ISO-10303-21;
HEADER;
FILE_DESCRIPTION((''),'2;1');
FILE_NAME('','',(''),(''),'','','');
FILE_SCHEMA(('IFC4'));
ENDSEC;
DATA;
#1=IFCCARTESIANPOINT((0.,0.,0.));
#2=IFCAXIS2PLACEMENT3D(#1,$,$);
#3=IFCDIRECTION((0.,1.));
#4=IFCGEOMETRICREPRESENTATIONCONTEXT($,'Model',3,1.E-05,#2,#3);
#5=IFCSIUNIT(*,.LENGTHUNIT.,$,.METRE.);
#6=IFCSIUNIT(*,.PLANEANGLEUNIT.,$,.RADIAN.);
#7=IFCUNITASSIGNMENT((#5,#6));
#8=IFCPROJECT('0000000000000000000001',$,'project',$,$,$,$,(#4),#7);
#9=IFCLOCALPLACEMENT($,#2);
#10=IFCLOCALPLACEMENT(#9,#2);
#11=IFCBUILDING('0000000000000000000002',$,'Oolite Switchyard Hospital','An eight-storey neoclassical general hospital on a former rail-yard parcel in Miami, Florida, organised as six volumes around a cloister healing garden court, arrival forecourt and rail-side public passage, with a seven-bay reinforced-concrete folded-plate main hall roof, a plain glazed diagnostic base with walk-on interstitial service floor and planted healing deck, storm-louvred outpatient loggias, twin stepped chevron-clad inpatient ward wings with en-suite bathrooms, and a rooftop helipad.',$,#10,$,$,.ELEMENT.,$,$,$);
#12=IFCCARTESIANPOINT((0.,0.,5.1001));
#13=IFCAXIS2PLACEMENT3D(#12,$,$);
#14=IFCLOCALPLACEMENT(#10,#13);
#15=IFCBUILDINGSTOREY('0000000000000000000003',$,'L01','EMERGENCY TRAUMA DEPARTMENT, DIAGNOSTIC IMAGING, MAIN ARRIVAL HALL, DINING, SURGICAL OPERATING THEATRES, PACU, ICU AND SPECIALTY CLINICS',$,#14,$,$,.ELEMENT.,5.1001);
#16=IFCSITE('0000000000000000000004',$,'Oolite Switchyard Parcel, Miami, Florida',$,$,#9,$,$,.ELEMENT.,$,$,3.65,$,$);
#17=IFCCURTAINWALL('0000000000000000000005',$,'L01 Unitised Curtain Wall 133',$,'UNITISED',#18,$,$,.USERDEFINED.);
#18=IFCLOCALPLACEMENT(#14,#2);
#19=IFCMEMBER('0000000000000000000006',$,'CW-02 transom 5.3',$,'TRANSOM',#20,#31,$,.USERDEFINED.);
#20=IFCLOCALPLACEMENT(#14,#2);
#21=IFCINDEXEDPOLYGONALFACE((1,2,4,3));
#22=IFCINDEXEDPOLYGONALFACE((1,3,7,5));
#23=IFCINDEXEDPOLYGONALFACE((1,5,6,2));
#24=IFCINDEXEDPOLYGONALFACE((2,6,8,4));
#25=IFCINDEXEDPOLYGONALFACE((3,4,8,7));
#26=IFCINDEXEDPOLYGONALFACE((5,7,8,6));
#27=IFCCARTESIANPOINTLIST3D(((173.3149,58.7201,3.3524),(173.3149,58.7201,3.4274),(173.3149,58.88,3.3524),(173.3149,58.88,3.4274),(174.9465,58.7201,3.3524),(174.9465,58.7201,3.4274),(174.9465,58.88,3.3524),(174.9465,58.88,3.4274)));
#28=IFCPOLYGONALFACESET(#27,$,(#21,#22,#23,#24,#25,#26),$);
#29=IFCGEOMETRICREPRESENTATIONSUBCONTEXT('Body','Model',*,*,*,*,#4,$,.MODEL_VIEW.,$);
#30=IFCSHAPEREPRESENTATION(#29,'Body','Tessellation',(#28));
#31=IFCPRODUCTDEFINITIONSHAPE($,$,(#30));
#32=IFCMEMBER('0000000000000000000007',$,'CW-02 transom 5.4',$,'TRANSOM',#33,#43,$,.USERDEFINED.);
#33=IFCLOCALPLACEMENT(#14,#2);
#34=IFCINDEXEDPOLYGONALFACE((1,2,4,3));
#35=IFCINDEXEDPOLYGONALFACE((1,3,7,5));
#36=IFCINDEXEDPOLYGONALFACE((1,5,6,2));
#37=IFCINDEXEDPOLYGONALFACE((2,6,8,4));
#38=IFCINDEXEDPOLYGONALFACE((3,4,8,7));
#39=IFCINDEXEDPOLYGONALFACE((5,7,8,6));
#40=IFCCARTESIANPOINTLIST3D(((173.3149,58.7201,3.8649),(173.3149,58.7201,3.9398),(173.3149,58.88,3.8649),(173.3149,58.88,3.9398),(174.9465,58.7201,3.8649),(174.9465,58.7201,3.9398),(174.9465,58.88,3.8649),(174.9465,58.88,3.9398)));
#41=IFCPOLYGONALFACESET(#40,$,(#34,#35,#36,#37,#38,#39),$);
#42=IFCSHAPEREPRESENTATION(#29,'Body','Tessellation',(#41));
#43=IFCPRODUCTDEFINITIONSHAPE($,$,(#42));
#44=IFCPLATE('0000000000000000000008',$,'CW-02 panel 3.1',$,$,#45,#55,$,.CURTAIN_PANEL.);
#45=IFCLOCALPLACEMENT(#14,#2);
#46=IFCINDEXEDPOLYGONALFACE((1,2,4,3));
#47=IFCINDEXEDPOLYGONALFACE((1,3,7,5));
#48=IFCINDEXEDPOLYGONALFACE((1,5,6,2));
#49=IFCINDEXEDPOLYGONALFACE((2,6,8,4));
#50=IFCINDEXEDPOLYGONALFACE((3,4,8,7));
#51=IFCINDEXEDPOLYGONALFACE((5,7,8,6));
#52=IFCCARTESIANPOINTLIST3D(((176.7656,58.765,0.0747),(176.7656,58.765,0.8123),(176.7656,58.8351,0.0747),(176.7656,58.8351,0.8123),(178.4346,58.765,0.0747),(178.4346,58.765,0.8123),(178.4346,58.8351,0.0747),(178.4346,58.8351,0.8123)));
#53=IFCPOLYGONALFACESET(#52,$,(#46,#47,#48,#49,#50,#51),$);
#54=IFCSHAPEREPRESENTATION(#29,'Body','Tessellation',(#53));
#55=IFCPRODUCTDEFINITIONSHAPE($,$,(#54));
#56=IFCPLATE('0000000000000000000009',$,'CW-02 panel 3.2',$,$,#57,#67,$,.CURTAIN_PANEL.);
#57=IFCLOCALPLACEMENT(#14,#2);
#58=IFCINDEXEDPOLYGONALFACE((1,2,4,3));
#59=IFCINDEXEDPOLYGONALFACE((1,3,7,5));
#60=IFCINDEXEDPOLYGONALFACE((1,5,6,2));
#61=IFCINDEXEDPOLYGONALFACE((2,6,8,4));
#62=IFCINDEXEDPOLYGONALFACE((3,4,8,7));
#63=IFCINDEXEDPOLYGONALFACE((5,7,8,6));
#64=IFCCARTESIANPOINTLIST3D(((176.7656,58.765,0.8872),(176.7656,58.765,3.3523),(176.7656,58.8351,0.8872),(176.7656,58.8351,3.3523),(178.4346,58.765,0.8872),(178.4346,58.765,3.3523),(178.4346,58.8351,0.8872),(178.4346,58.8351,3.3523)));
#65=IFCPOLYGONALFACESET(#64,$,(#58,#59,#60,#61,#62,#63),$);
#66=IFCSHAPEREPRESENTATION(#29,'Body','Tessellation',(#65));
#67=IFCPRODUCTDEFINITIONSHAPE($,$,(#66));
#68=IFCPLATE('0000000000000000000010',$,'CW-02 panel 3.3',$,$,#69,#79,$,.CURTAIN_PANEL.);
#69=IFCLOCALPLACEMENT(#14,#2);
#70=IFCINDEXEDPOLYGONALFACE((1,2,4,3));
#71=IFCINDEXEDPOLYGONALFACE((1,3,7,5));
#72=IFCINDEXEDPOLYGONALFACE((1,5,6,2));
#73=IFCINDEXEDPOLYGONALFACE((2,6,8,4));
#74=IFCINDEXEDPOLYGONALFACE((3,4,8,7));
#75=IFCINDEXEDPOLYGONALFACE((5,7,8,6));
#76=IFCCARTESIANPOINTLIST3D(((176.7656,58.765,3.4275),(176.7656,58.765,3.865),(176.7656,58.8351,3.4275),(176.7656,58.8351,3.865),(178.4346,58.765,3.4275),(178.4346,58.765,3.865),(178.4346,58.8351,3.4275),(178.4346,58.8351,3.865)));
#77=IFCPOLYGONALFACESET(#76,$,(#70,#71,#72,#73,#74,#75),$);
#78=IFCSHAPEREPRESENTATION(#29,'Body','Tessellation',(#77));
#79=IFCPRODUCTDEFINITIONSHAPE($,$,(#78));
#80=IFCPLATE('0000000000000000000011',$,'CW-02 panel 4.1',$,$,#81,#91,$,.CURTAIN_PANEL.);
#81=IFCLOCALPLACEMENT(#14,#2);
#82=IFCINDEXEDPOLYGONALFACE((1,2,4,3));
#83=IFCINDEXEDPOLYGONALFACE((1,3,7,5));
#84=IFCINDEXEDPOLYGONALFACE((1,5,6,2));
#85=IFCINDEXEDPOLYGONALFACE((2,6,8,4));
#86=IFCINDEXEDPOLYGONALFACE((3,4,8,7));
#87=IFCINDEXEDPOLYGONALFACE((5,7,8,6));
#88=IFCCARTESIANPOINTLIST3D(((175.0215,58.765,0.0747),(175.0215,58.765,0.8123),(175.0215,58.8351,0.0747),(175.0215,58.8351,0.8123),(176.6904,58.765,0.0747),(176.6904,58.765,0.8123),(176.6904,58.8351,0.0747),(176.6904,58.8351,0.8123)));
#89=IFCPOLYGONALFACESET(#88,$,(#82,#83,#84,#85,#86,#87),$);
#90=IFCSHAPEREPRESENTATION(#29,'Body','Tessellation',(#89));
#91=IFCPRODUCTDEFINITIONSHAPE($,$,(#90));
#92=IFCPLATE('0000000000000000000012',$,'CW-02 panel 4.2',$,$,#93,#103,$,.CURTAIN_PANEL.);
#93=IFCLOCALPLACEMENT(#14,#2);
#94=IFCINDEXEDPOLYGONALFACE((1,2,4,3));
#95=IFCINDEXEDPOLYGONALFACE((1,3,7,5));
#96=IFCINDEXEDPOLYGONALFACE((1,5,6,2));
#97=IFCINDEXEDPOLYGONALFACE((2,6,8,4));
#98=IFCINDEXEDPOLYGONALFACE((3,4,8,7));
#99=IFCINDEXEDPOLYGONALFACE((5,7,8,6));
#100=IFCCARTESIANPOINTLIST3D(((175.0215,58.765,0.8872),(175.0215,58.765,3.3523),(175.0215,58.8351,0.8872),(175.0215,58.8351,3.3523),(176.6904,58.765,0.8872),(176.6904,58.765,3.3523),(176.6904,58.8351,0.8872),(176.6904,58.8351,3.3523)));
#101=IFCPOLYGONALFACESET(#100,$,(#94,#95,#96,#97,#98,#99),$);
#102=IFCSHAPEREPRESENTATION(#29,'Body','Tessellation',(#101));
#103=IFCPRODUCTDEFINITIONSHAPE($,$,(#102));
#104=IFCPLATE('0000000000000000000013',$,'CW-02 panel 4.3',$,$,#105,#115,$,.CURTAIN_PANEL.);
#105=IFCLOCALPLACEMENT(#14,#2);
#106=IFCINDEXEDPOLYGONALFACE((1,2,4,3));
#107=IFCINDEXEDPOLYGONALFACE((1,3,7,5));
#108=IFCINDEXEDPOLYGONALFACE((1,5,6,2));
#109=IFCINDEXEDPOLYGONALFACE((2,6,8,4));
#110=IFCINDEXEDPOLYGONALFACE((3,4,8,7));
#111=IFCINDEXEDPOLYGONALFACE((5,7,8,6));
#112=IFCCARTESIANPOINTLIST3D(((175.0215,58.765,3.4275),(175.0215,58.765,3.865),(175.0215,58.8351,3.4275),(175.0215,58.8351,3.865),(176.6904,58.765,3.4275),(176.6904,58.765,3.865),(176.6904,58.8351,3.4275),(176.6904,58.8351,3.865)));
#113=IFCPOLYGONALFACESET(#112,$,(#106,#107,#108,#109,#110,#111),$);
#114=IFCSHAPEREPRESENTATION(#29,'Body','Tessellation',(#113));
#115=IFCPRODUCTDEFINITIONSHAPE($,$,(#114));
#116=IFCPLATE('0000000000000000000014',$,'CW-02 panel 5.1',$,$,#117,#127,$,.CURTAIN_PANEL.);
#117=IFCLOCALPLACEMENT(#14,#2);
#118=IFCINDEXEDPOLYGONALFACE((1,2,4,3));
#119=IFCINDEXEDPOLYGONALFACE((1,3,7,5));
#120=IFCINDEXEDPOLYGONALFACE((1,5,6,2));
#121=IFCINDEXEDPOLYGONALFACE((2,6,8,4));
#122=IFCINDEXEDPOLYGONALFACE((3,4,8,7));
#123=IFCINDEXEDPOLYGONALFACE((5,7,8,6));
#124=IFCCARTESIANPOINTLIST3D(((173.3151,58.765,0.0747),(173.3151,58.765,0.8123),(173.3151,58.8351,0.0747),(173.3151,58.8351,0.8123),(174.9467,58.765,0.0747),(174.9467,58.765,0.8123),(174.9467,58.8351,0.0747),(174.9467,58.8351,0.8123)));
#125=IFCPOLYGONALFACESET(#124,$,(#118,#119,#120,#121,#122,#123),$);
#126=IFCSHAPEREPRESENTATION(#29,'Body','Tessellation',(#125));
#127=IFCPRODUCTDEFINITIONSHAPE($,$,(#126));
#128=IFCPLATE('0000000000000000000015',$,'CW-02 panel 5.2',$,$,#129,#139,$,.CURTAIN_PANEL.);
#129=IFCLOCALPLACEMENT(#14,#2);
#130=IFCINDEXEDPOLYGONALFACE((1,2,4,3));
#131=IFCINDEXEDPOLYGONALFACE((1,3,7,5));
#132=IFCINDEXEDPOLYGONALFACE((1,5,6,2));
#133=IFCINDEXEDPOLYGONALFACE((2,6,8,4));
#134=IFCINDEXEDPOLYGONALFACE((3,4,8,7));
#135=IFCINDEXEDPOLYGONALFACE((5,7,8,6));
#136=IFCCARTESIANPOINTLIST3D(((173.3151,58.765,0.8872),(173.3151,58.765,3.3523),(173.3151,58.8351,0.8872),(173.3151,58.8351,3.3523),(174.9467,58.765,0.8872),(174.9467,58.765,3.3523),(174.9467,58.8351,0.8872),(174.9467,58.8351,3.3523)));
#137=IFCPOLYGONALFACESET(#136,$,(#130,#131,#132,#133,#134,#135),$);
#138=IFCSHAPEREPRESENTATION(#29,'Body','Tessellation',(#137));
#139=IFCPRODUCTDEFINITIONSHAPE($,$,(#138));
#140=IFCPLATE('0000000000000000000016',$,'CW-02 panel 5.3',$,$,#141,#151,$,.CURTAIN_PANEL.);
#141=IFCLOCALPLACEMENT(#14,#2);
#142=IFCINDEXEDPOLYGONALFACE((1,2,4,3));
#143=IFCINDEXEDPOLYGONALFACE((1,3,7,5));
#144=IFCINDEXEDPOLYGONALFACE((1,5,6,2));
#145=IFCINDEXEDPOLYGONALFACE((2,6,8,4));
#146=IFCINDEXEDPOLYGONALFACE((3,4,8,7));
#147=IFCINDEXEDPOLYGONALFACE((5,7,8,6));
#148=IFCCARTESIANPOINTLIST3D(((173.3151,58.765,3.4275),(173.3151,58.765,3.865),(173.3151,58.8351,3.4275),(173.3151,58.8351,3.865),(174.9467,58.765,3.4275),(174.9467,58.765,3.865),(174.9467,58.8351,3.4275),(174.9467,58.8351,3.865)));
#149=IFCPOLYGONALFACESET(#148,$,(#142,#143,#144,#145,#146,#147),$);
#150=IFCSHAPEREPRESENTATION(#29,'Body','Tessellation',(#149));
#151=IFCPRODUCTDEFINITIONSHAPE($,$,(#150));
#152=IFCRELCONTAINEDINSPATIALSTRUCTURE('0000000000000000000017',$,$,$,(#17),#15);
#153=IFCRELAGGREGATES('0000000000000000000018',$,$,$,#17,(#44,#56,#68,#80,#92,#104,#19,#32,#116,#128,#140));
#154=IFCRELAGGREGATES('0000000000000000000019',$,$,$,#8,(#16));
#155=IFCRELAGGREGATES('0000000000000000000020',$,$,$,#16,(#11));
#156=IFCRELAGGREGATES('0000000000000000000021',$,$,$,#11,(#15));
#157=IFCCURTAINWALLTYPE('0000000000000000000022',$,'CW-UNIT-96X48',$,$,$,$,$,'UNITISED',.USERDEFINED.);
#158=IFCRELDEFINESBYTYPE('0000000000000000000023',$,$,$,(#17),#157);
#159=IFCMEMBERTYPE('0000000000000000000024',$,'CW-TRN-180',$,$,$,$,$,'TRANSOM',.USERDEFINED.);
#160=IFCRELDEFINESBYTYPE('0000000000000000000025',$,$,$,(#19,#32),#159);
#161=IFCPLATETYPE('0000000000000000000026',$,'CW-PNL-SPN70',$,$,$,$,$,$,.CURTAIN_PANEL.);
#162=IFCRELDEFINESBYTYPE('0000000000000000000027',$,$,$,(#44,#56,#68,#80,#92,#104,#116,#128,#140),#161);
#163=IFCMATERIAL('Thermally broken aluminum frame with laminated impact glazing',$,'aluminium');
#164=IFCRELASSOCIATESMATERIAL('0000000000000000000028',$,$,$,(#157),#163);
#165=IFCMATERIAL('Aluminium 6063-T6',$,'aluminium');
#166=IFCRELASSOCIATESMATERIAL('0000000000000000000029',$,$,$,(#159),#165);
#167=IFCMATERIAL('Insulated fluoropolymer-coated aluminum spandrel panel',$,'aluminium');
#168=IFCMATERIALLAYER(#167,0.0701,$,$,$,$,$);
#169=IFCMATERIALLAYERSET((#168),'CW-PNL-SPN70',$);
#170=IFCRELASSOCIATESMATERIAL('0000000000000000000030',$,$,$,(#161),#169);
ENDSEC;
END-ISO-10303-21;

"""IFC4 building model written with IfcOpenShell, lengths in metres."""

from ifc_helpers import new_model, si_unit, direction, frame, origin, origin_2d, place, context, subcontext, project, spatial, rectangle, extrude, material, layer, layer_set, material_profile, profile_set, type_object, element, aggregate, save


model = new_model("IFC4")

# Units and contexts
model_context = context("Model", 3, precision=1e-05, world=origin(), true_north=direction((0.0, 1.0)))
body_context = subcontext(model_context, "Body", "Model", "MODEL_VIEW")
ifc_project = project(units=[si_unit("LENGTHUNIT", "METRE"), si_unit("PLANEANGLEUNIT", "RADIAN")], contexts=[model_context])

# Site, building, storey
site_placement = place(None, origin())
site = spatial("IfcSite", under=ifc_project, at=site_placement, Name="Oolite Switchyard Parcel, Miami, Florida", CompositionType="ELEMENT", RefElevation=3.65)
building_placement = place(site_placement, origin())
building = spatial("IfcBuilding", under=site, at=building_placement, Name="Oolite Switchyard Hospital", Description="An eight-storey neoclassical general hospital on a former rail-yard parcel in Miami, Florida, organised as six volumes around a cloister healing garden court, arrival forecourt and rail-side public passage, with a seven-bay reinforced-concrete folded-plate main hall roof, a plain glazed diagnostic base with walk-on interstitial service floor and planted healing deck, storm-louvred outpatient loggias, twin stepped chevron-clad inpatient ward wings with en-suite bathrooms, and a rooftop helipad.", CompositionType="ELEMENT")
storey_placement = place(building_placement, frame((0.0, 0.0, 5.1001)))
storey = spatial("IfcBuildingStorey", under=building, at=storey_placement, Name="L01", Description="EMERGENCY TRAUMA DEPARTMENT, DIAGNOSTIC IMAGING, MAIN ARRIVAL HALL, DINING, SURGICAL OPERATING THEATRES, PACU, ICU AND SPECIALTY CLINICS", CompositionType="ELEMENT", Elevation=5.1001)

# Shared definitions
ifc_material_1 = material(Name="Thermally broken aluminum frame with laminated impact glazing", Category="aluminium")
ifc_material_2 = material(Name="Aluminium 6063-T6", Category="aluminium")

# Curtain wall
curtain_wall_type_1 = type_object("IfcCurtainWallType", Name="CW-UNIT-96X48", ElementType="UNITISED", PredefinedType="USERDEFINED", material=ifc_material_1)
curtain_wall_1_placement = place(storey_placement, origin())
curtain_wall_1 = element("IfcCurtainWall", 1, at=curtain_wall_1_placement, inside=storey, type_object=curtain_wall_type_1, Name="L01 Unitised Curtain Wall 133", ObjectType="UNITISED", PredefinedType="USERDEFINED")

# Members
ifc_material_profile_1 = material_profile(ifc_material_2, rectangle(XDim=0.1599, YDim=0.075, at=origin_2d()), Name="CWT75X160")
ifc_profile_set_1 = profile_set([ifc_material_profile_1], Name="Aluminium 6063-T6")
member_type_1 = type_object("IfcMemberType", Name="CW-TRN-180", ElementType="TRANSOM", PredefinedType="USERDEFINED", material=ifc_profile_set_1)
member_1_placement = place(storey_placement, frame((174.9465, 58.8, 3.3899), z_axis=(-1.0, 0.0, 0.0), x_axis=(0.0, -1.0, 0.0)))
member_1 = element("IfcMember", 2, at=member_1_placement, type_object=member_type_1, Name="CW-02 transom 5.3", ObjectType="TRANSOM", PredefinedType="USERDEFINED", context=body_context, shape_type="SweptSolid", body=[
    extrude(rectangle(XDim=0.1599, YDim=0.075, at=origin_2d()), origin(), (0.0, 0.0, 1.0), 1.6316),
])
member_2_placement = place(storey_placement, frame((174.9465, 58.8, 3.9023), z_axis=(-1.0, 0.0, 0.0), x_axis=(0.0, -1.0, 0.0)))
member_2 = element("IfcMember", 3, at=member_2_placement, type_object=member_type_1, Name="CW-02 transom 5.4", ObjectType="TRANSOM", PredefinedType="USERDEFINED", context=body_context, shape_type="SweptSolid", body=[
    extrude(rectangle(XDim=0.1599, YDim=0.075, at=origin_2d()), origin(), (0.0, 0.0, 1.0), 1.6316),
])

# Plates
ifc_material_3 = material(Name="Insulated fluoropolymer-coated aluminum spandrel panel", Category="aluminium")
ifc_layer = layer(ifc_material_3, 0.0701)
ifc_layer_set = layer_set([ifc_layer], Name="CW-PNL-SPN70")
plate_type = type_object("IfcPlateType", Name="CW-PNL-SPN70", PredefinedType="CURTAIN_PANEL", material=ifc_layer_set)
plate_1_placement = place(storey_placement, frame((177.6001, 58.8, 0.0747), z_axis=(0.0, 0.0, 1.0), x_axis=(-1.0, 0.0, 0.0)))
plate_1 = element("IfcPlate", 4, at=plate_1_placement, type_object=plate_type, Name="CW-02 panel 3.1", PredefinedType="CURTAIN_PANEL", context=body_context, shape_type="SweptSolid", body=[
    extrude(rectangle(XDim=1.6689, YDim=0.0701, at=origin_2d()), origin(), (0.0, 0.0, 1.0), 0.7375),
])
plate_2_placement = place(storey_placement, frame((177.6001, 58.8, 0.8872), z_axis=(0.0, 0.0, 1.0), x_axis=(-1.0, 0.0, 0.0)))
plate_2 = element("IfcPlate", 5, at=plate_2_placement, type_object=plate_type, Name="CW-02 panel 3.2", PredefinedType="CURTAIN_PANEL", context=body_context, shape_type="SweptSolid", body=[
    extrude(rectangle(XDim=1.6689, YDim=0.0701, at=origin_2d()), origin(), (0.0, 0.0, 1.0), 2.4651),
])
plate_3_placement = place(storey_placement, frame((177.6001, 58.8, 3.4275), z_axis=(0.0, 0.0, 1.0), x_axis=(-1.0, 0.0, 0.0)))
plate_3 = element("IfcPlate", 6, at=plate_3_placement, type_object=plate_type, Name="CW-02 panel 3.3", PredefinedType="CURTAIN_PANEL", context=body_context, shape_type="SweptSolid", body=[
    extrude(rectangle(XDim=1.6689, YDim=0.0701, at=origin_2d()), origin(), (0.0, 0.0, 1.0), 0.4375),
])
plate_4_placement = place(storey_placement, frame((175.856, 58.8, 0.0747), z_axis=(0.0, 0.0, 1.0), x_axis=(-1.0, 0.0, 0.0)))
plate_4 = element("IfcPlate", 7, at=plate_4_placement, type_object=plate_type, Name="CW-02 panel 4.1", PredefinedType="CURTAIN_PANEL", context=body_context, shape_type="SweptSolid", body=[
    extrude(rectangle(XDim=1.6689, YDim=0.0701, at=origin_2d()), origin(), (0.0, 0.0, 1.0), 0.7375),
])
plate_5_placement = place(storey_placement, frame((175.856, 58.8, 0.8872), z_axis=(0.0, 0.0, 1.0), x_axis=(-1.0, 0.0, 0.0)))
plate_5 = element("IfcPlate", 8, at=plate_5_placement, type_object=plate_type, Name="CW-02 panel 4.2", PredefinedType="CURTAIN_PANEL", context=body_context, shape_type="SweptSolid", body=[
    extrude(rectangle(XDim=1.6689, YDim=0.0701, at=origin_2d()), origin(), (0.0, 0.0, 1.0), 2.4651),
])
plate_6_placement = place(storey_placement, frame((175.856, 58.8, 3.4275), z_axis=(0.0, 0.0, 1.0), x_axis=(-1.0, 0.0, 0.0)))
plate_6 = element("IfcPlate", 9, at=plate_6_placement, type_object=plate_type, Name="CW-02 panel 4.3", PredefinedType="CURTAIN_PANEL", context=body_context, shape_type="SweptSolid", body=[
    extrude(rectangle(XDim=1.6689, YDim=0.0701, at=origin_2d()), origin(), (0.0, 0.0, 1.0), 0.4375),
])
plate_7_placement = place(storey_placement, frame((174.1309, 58.8, 0.0747), z_axis=(0.0, 0.0, 1.0), x_axis=(-1.0, 0.0, 0.0)))
plate_7 = element("IfcPlate", 10, at=plate_7_placement, type_object=plate_type, Name="CW-02 panel 5.1", PredefinedType="CURTAIN_PANEL", context=body_context, shape_type="SweptSolid", body=[
    extrude(rectangle(XDim=1.6316, YDim=0.0701, at=origin_2d()), origin(), (0.0, 0.0, 1.0), 0.7375),
])
plate_8_placement = place(storey_placement, frame((174.1309, 58.8, 0.8872), z_axis=(0.0, 0.0, 1.0), x_axis=(-1.0, 0.0, 0.0)))
plate_8 = element("IfcPlate", 11, at=plate_8_placement, type_object=plate_type, Name="CW-02 panel 5.2", PredefinedType="CURTAIN_PANEL", context=body_context, shape_type="SweptSolid", body=[
    extrude(rectangle(XDim=1.6316, YDim=0.0701, at=origin_2d()), origin(), (0.0, 0.0, 1.0), 2.4651),
])
plate_9_placement = place(storey_placement, frame((174.1309, 58.8, 3.4275), z_axis=(0.0, 0.0, 1.0), x_axis=(-1.0, 0.0, 0.0)))
plate_9 = element("IfcPlate", 12, at=plate_9_placement, type_object=plate_type, Name="CW-02 panel 5.3", PredefinedType="CURTAIN_PANEL", context=body_context, shape_type="SweptSolid", body=[
    extrude(rectangle(XDim=1.6316, YDim=0.0701, at=origin_2d()), origin(), (0.0, 0.0, 1.0), 0.4375),
])
aggregate(curtain_wall_1, [plate_1, plate_2, plate_3, plate_4, plate_5, plate_6, member_1, member_2, plate_7, plate_8, plate_9])

save(model, "model.ifc")
